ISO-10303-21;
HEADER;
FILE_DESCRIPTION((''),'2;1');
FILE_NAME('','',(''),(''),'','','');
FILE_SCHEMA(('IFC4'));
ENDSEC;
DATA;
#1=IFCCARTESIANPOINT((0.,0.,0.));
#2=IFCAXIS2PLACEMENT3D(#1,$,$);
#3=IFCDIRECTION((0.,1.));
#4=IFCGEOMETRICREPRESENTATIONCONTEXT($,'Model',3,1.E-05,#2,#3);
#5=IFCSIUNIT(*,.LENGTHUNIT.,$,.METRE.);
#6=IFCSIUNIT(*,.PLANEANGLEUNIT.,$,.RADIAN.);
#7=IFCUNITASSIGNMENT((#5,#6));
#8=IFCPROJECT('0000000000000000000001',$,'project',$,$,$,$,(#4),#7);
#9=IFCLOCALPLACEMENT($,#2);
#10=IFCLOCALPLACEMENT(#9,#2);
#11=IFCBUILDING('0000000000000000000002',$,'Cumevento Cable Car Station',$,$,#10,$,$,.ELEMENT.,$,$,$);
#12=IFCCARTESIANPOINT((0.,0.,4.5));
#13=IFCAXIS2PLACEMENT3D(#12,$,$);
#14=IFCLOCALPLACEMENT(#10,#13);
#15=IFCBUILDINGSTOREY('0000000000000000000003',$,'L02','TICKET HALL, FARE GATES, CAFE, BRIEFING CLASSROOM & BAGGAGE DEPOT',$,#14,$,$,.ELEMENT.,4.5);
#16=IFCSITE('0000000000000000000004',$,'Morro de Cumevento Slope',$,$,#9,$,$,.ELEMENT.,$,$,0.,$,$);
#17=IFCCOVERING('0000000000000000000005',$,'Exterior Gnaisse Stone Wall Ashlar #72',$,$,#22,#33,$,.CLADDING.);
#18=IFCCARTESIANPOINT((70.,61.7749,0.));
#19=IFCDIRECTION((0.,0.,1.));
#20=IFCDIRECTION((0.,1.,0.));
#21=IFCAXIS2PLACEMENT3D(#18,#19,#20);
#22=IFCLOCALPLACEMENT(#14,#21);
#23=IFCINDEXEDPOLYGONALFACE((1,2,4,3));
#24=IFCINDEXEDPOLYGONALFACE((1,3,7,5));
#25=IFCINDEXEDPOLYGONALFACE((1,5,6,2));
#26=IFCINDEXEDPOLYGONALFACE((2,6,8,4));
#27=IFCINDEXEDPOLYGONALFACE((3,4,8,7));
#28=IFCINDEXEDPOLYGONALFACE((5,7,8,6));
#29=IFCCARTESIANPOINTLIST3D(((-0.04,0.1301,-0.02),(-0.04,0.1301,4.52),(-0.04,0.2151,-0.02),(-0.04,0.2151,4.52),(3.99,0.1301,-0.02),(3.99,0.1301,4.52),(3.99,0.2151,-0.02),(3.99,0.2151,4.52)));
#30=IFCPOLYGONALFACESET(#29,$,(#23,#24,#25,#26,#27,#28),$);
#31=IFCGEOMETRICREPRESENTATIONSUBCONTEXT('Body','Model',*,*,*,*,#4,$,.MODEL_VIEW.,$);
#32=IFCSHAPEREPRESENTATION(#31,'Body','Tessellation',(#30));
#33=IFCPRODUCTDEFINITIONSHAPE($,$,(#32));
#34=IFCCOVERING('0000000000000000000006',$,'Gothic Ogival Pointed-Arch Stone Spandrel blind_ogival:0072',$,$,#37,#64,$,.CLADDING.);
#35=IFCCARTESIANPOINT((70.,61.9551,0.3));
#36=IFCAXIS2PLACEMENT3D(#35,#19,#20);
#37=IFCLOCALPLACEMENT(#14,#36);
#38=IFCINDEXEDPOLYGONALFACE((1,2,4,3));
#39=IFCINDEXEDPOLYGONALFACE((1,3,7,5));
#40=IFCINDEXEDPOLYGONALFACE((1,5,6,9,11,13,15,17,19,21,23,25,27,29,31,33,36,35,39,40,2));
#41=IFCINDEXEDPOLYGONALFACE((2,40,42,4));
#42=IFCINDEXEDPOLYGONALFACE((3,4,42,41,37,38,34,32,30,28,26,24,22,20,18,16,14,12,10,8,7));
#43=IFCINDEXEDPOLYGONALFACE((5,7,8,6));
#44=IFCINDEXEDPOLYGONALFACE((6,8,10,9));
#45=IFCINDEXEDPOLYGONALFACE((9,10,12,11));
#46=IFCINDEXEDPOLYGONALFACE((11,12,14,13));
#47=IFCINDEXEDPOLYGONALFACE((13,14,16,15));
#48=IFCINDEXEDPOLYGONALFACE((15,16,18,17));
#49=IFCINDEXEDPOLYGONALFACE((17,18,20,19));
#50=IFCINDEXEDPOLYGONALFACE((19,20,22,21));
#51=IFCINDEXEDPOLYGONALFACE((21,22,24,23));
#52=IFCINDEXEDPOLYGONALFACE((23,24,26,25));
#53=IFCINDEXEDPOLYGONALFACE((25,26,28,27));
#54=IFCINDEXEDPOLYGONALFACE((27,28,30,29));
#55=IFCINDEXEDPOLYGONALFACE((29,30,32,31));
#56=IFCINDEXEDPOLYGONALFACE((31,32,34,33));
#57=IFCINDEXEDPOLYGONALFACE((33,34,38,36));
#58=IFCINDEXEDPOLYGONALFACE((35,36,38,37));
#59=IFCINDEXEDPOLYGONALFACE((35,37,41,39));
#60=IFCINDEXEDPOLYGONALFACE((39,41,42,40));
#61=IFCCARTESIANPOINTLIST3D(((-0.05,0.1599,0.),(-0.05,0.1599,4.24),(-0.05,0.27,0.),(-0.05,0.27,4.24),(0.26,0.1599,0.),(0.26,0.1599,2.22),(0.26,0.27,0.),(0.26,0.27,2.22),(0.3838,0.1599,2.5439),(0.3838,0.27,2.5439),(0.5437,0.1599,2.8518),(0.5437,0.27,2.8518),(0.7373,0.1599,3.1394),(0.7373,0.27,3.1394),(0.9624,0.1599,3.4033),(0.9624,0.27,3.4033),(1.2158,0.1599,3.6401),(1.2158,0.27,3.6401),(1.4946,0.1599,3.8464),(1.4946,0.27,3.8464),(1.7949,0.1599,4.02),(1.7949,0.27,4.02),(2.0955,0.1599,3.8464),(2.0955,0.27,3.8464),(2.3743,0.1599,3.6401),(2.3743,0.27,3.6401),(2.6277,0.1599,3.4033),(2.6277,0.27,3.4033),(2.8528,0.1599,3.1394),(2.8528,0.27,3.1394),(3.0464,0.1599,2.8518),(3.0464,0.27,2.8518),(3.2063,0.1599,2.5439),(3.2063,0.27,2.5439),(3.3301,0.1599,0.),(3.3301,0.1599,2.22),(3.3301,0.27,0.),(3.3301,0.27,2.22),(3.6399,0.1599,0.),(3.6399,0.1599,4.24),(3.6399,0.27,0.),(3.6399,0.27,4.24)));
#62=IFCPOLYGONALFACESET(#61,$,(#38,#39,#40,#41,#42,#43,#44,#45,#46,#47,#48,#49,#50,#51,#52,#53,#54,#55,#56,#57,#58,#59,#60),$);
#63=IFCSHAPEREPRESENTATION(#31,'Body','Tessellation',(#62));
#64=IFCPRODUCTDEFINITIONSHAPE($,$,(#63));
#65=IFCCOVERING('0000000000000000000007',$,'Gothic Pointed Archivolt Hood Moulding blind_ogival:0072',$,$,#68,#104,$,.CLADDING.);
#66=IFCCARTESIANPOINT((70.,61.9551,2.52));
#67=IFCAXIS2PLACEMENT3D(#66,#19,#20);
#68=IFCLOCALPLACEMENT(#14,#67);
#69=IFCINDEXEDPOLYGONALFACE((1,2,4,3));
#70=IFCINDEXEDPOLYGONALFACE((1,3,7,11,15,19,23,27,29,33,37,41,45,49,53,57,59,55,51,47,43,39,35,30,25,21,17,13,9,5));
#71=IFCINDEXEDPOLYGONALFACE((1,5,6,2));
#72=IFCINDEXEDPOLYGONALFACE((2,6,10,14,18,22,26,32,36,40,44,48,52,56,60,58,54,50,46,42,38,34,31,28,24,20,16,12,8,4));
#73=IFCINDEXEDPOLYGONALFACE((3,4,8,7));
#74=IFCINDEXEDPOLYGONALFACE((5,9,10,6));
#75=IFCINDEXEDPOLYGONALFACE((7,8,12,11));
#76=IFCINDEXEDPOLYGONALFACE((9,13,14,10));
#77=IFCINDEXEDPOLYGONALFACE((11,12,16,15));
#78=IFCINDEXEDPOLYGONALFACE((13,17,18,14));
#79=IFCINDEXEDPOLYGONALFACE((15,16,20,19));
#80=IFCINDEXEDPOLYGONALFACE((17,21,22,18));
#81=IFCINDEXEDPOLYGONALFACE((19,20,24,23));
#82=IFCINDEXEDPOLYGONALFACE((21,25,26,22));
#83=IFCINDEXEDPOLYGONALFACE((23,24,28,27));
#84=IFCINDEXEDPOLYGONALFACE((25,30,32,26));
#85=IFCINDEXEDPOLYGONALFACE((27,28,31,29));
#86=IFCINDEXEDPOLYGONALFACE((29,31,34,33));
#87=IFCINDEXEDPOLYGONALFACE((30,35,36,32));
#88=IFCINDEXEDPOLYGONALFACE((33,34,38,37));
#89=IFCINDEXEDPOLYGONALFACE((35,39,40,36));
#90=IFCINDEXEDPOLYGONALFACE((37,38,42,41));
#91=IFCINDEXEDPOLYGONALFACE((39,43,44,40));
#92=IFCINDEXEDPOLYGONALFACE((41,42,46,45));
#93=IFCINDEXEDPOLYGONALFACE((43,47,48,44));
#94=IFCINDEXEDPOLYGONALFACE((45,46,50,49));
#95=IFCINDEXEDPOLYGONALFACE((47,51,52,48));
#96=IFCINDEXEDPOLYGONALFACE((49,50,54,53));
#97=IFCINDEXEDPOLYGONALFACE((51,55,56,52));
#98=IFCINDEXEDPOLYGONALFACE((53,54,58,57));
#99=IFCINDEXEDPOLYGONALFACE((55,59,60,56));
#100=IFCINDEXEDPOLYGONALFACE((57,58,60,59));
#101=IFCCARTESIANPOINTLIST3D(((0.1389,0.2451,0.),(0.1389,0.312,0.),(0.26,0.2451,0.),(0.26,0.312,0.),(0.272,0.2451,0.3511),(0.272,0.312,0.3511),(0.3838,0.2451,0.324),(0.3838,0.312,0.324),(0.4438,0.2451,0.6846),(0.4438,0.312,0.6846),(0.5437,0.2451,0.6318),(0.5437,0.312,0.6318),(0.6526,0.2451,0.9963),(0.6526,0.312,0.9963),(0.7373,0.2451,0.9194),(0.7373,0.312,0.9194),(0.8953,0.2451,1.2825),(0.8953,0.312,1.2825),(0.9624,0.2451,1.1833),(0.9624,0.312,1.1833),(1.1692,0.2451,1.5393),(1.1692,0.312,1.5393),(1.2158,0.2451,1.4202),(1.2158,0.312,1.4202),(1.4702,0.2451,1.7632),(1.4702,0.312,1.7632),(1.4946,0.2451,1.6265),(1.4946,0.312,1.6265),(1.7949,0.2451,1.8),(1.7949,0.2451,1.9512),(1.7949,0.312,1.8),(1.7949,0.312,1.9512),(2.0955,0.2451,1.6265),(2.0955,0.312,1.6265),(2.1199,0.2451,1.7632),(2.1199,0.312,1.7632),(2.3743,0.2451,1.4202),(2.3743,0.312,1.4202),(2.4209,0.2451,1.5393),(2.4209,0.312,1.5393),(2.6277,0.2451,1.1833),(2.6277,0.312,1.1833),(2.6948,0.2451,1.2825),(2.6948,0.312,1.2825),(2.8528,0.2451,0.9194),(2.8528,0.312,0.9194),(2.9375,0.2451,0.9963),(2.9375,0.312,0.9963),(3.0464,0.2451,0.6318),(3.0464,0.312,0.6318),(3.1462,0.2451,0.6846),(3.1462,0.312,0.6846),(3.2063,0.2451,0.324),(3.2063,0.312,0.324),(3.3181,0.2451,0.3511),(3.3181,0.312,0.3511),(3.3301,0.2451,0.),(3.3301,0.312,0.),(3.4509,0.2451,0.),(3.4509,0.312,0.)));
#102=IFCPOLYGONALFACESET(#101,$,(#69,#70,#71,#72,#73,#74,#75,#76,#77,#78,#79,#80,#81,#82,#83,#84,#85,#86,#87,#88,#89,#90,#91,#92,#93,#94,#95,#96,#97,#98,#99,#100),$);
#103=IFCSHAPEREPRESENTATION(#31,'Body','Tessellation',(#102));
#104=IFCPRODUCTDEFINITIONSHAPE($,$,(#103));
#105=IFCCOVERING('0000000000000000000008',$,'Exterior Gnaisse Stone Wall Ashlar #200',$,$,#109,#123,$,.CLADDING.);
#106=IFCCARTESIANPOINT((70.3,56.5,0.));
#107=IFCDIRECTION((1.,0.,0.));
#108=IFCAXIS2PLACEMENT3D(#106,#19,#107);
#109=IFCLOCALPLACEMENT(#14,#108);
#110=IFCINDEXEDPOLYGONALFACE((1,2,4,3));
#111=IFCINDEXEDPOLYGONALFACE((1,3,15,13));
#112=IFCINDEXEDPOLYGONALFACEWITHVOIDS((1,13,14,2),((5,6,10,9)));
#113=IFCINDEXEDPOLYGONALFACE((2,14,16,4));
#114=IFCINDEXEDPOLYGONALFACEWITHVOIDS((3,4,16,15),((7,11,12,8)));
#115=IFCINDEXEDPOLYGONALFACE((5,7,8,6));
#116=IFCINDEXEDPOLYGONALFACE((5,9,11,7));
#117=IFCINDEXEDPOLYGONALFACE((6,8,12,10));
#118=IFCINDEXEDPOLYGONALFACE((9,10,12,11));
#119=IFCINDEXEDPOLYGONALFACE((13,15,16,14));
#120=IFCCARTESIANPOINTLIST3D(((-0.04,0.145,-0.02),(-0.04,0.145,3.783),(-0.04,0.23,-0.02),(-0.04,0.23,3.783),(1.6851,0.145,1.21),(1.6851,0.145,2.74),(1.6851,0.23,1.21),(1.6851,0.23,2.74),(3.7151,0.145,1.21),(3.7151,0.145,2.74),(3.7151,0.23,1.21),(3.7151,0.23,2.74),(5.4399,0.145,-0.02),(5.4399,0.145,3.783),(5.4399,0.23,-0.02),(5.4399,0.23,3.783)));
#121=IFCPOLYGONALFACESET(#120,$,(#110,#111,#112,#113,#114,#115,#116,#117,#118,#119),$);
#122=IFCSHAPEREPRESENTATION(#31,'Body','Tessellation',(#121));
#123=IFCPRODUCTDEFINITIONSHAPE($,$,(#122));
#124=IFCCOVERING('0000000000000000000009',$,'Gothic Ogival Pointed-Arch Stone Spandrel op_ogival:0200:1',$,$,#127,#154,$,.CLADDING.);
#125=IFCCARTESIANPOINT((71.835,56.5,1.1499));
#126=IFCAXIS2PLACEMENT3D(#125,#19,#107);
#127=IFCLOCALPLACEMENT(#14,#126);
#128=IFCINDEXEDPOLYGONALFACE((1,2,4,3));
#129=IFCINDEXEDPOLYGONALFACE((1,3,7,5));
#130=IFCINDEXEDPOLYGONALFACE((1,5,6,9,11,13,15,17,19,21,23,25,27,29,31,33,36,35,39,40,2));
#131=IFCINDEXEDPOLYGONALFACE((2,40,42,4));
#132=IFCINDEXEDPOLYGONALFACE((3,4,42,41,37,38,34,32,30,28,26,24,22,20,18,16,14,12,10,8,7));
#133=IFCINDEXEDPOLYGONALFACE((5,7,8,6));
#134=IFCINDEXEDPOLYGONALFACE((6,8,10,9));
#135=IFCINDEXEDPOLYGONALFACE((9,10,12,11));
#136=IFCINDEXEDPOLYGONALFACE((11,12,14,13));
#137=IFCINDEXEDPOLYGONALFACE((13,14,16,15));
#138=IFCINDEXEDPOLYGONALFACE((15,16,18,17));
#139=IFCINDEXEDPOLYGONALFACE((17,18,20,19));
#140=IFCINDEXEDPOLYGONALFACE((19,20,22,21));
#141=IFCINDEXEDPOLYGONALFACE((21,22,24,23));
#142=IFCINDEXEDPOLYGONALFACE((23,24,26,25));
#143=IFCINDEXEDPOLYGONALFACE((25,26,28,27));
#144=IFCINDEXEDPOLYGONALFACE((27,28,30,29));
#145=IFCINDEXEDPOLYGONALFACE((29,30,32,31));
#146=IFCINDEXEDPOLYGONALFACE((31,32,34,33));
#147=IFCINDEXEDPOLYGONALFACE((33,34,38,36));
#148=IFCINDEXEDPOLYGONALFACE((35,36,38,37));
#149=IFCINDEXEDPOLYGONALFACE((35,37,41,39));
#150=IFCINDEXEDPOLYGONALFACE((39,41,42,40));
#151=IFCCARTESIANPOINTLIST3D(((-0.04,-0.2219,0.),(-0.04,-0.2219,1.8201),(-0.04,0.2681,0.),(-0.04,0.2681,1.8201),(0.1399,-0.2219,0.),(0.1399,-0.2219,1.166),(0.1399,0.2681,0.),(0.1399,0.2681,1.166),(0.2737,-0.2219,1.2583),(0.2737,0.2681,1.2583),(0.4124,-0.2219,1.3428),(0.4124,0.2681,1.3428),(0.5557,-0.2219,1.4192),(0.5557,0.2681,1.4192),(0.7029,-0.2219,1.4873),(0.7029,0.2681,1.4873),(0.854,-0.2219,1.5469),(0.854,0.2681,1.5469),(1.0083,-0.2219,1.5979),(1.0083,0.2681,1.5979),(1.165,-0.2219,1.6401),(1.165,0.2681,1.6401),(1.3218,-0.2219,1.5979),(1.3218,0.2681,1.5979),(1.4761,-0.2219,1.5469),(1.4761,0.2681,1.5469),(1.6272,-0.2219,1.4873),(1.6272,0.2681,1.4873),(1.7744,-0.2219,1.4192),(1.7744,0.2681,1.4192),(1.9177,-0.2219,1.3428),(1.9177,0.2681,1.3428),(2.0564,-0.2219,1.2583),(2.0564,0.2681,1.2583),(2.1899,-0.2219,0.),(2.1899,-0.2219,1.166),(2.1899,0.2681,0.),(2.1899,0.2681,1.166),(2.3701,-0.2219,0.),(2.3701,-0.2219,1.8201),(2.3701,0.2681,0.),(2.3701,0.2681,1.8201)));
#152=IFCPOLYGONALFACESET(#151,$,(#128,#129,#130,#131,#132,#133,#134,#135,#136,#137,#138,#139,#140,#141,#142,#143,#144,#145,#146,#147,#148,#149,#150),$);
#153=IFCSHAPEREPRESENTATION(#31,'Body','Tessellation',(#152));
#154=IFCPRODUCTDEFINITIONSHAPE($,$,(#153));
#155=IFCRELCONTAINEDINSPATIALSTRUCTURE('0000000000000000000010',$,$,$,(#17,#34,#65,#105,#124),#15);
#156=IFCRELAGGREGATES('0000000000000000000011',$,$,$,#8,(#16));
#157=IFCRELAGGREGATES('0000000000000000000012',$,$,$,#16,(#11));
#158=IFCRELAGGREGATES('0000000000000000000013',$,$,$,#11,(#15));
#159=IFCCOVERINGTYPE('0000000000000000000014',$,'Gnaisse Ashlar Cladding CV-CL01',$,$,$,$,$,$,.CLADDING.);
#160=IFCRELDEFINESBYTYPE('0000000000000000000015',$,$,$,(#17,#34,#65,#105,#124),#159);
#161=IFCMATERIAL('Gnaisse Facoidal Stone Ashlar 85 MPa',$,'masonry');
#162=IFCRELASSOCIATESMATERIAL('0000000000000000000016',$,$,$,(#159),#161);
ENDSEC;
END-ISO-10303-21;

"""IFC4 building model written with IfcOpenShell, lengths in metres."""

from ifc_helpers import new_model, si_unit, direction, frame, origin, place, context, subcontext, project, spatial, polyline, outline, extrude, material, type_object, element, save


model = new_model("IFC4")

# Units and contexts
model_context = context("Model", 3, precision=1e-05, world=origin(), true_north=direction((0.0, 1.0)))
body_context = subcontext(model_context, "Body", "Model", "MODEL_VIEW")
ifc_project = project(units=[si_unit("LENGTHUNIT", "METRE"), si_unit("PLANEANGLEUNIT", "RADIAN")], contexts=[model_context])

# Site, building, storey
site_placement = place(None, origin())
site = spatial("IfcSite", under=ifc_project, at=site_placement, Name="Morro de Cumevento Slope", CompositionType="ELEMENT", RefElevation=0.0)
building_placement = place(site_placement, origin())
building = spatial("IfcBuilding", under=site, at=building_placement, Name="Cumevento Cable Car Station", CompositionType="ELEMENT")
storey_placement = place(building_placement, frame((0.0, 0.0, 4.5)))
storey = spatial("IfcBuildingStorey", under=building, at=storey_placement, Name="L02", Description="TICKET HALL, FARE GATES, CAFE, BRIEFING CLASSROOM & BAGGAGE DEPOT", CompositionType="ELEMENT", Elevation=4.5)

# Coverings
ifc_material_1 = material(Name="Gnaisse Facoidal Stone Ashlar 85 MPa", Category="masonry")
covering_type = type_object("IfcCoveringType", Name="Gnaisse Ashlar Cladding CV-CL01", PredefinedType="CLADDING", material=ifc_material_1)
covering_1_placement = place(storey_placement, frame((70.0, 61.7749, 0.0), z_axis=(0.0, 0.0, 1.0), x_axis=(0.0, 1.0, 0.0)))
element("IfcCovering", 1, at=covering_1_placement, inside=storey, type_object=covering_type, Name="Exterior Gnaisse Stone Wall Ashlar #72", PredefinedType="CLADDING", context=body_context, shape_type="SweptSolid", body=[
    extrude(outline(polyline([(-0.04, -0.02), (3.99, -0.02), (3.99, 4.52), (-0.04, 4.52), (-0.04, -0.02)])), frame((0.0, 0.2151, 0.0), z_axis=(0.0, -1.0, 0.0), x_axis=(1.0, 0.0, 0.0)), (0.0, 0.0, 1.0), 0.085),
])
covering_2_placement = place(storey_placement, frame((70.0, 61.9551, 0.3), z_axis=(0.0, 0.0, 1.0), x_axis=(0.0, 1.0, 0.0)))
element("IfcCovering", 2, at=covering_2_placement, inside=storey, type_object=covering_type, Name="Gothic Ogival Pointed-Arch Stone Spandrel blind_ogival:0072", PredefinedType="CLADDING", context=body_context, shape_type="SweptSolid", body=[
    extrude(outline(polyline([(-0.05, 0.0), (-0.05, 4.24), (3.6399, 4.24), (3.6399, 0.0), (3.3301, 0.0), (3.3301, 2.22), (3.2063, 2.5439), (3.0464, 2.8518), (2.8528, 3.1394), (2.6277, 3.4033), (2.3743, 3.6401), (2.0955, 3.8464), (1.7949, 4.02), (1.4946, 3.8464), (1.2158, 3.6401), (0.9624, 3.4033), (0.7373, 3.1394), (0.5437, 2.8518), (0.3838, 2.5439), (0.26, 2.22), (0.26, 0.0), (-0.05, 0.0)])), frame((0.0, 0.27, 0.0), z_axis=(0.0, -1.0, 0.0), x_axis=(1.0, 0.0, 0.0)), (0.0, 0.0, 1.0), 0.1101),
])
covering_3_placement = place(storey_placement, frame((70.0, 61.9551, 2.52), z_axis=(0.0, 0.0, 1.0), x_axis=(0.0, 1.0, 0.0)))
element("IfcCovering", 3, at=covering_3_placement, inside=storey, type_object=covering_type, Name="Gothic Pointed Archivolt Hood Moulding blind_ogival:0072", PredefinedType="CLADDING", context=body_context, shape_type="SweptSolid", body=[
    extrude(outline(polyline([(0.26, 0.0), (0.3838, 0.324), (0.5437, 0.6318), (0.7373, 0.9194), (0.9624, 1.1833), (1.2158, 1.4202), (1.4946, 1.6265), (1.7949, 1.8), (2.0955, 1.6265), (2.3743, 1.4202), (2.6277, 1.1833), (2.8528, 0.9194), (3.0464, 0.6318), (3.2063, 0.324), (3.3301, 0.0), (3.4509, 0.0), (3.3181, 0.3511), (3.1462, 0.6846), (2.9375, 0.9963), (2.6948, 1.2825), (2.4209, 1.5393), (2.1199, 1.7632), (1.7949, 1.9512), (1.4702, 1.7632), (1.1692, 1.5393), (0.8953, 1.2825), (0.6526, 0.9963), (0.4438, 0.6846), (0.272, 0.3511), (0.1389, 0.0), (0.26, 0.0)])), frame((0.0, 0.312, 0.0), z_axis=(0.0, -1.0, 0.0), x_axis=(1.0, 0.0, 0.0)), (0.0, 0.0, 1.0), 0.0669),
])
covering_4_placement = place(storey_placement, frame((70.3, 56.5, 0.0), z_axis=(0.0, 0.0, 1.0), x_axis=(1.0, 0.0, 0.0)))
element("IfcCovering", 4, at=covering_4_placement, inside=storey, type_object=covering_type, Name="Exterior Gnaisse Stone Wall Ashlar #200", PredefinedType="CLADDING", context=body_context, shape_type="SweptSolid", body=[
    extrude(outline(polyline([(-0.04, -0.02), (5.4399, -0.02), (5.4399, 3.783), (-0.04, 3.783), (-0.04, -0.02)]), holes=[polyline([(1.6851, 1.21), (3.7151, 1.21), (3.7151, 2.74), (1.6851, 2.74), (1.6851, 1.21)])]), frame((0.0, 0.23, 0.0), z_axis=(0.0, -1.0, 0.0), x_axis=(1.0, 0.0, 0.0)), (0.0, 0.0, 1.0), 0.085),
])
covering_5_placement = place(storey_placement, frame((71.835, 56.5, 1.1499), z_axis=(0.0, 0.0, 1.0), x_axis=(1.0, 0.0, 0.0)))
element("IfcCovering", 5, at=covering_5_placement, inside=storey, type_object=covering_type, Name="Gothic Ogival Pointed-Arch Stone Spandrel op_ogival:0200:1", PredefinedType="CLADDING", context=body_context, shape_type="SweptSolid", body=[
    extrude(outline(polyline([(-0.04, 0.0), (-0.04, 1.8201), (2.3701, 1.8201), (2.3701, 0.0), (2.1899, 0.0), (2.1899, 1.166), (2.0564, 1.2583), (1.9177, 1.3428), (1.7744, 1.4192), (1.6272, 1.4873), (1.4761, 1.5469), (1.3218, 1.5979), (1.165, 1.6401), (1.0083, 1.5979), (0.854, 1.5469), (0.7029, 1.4873), (0.5557, 1.4192), (0.4124, 1.3428), (0.2737, 1.2583), (0.1399, 1.166), (0.1399, 0.0), (-0.04, 0.0)])), frame((0.0, 0.2681, 0.0), z_axis=(0.0, -1.0, 0.0), x_axis=(1.0, 0.0, 0.0)), (0.0, 0.0, 1.0), 0.49),
])

save(model, "model.ifc")
